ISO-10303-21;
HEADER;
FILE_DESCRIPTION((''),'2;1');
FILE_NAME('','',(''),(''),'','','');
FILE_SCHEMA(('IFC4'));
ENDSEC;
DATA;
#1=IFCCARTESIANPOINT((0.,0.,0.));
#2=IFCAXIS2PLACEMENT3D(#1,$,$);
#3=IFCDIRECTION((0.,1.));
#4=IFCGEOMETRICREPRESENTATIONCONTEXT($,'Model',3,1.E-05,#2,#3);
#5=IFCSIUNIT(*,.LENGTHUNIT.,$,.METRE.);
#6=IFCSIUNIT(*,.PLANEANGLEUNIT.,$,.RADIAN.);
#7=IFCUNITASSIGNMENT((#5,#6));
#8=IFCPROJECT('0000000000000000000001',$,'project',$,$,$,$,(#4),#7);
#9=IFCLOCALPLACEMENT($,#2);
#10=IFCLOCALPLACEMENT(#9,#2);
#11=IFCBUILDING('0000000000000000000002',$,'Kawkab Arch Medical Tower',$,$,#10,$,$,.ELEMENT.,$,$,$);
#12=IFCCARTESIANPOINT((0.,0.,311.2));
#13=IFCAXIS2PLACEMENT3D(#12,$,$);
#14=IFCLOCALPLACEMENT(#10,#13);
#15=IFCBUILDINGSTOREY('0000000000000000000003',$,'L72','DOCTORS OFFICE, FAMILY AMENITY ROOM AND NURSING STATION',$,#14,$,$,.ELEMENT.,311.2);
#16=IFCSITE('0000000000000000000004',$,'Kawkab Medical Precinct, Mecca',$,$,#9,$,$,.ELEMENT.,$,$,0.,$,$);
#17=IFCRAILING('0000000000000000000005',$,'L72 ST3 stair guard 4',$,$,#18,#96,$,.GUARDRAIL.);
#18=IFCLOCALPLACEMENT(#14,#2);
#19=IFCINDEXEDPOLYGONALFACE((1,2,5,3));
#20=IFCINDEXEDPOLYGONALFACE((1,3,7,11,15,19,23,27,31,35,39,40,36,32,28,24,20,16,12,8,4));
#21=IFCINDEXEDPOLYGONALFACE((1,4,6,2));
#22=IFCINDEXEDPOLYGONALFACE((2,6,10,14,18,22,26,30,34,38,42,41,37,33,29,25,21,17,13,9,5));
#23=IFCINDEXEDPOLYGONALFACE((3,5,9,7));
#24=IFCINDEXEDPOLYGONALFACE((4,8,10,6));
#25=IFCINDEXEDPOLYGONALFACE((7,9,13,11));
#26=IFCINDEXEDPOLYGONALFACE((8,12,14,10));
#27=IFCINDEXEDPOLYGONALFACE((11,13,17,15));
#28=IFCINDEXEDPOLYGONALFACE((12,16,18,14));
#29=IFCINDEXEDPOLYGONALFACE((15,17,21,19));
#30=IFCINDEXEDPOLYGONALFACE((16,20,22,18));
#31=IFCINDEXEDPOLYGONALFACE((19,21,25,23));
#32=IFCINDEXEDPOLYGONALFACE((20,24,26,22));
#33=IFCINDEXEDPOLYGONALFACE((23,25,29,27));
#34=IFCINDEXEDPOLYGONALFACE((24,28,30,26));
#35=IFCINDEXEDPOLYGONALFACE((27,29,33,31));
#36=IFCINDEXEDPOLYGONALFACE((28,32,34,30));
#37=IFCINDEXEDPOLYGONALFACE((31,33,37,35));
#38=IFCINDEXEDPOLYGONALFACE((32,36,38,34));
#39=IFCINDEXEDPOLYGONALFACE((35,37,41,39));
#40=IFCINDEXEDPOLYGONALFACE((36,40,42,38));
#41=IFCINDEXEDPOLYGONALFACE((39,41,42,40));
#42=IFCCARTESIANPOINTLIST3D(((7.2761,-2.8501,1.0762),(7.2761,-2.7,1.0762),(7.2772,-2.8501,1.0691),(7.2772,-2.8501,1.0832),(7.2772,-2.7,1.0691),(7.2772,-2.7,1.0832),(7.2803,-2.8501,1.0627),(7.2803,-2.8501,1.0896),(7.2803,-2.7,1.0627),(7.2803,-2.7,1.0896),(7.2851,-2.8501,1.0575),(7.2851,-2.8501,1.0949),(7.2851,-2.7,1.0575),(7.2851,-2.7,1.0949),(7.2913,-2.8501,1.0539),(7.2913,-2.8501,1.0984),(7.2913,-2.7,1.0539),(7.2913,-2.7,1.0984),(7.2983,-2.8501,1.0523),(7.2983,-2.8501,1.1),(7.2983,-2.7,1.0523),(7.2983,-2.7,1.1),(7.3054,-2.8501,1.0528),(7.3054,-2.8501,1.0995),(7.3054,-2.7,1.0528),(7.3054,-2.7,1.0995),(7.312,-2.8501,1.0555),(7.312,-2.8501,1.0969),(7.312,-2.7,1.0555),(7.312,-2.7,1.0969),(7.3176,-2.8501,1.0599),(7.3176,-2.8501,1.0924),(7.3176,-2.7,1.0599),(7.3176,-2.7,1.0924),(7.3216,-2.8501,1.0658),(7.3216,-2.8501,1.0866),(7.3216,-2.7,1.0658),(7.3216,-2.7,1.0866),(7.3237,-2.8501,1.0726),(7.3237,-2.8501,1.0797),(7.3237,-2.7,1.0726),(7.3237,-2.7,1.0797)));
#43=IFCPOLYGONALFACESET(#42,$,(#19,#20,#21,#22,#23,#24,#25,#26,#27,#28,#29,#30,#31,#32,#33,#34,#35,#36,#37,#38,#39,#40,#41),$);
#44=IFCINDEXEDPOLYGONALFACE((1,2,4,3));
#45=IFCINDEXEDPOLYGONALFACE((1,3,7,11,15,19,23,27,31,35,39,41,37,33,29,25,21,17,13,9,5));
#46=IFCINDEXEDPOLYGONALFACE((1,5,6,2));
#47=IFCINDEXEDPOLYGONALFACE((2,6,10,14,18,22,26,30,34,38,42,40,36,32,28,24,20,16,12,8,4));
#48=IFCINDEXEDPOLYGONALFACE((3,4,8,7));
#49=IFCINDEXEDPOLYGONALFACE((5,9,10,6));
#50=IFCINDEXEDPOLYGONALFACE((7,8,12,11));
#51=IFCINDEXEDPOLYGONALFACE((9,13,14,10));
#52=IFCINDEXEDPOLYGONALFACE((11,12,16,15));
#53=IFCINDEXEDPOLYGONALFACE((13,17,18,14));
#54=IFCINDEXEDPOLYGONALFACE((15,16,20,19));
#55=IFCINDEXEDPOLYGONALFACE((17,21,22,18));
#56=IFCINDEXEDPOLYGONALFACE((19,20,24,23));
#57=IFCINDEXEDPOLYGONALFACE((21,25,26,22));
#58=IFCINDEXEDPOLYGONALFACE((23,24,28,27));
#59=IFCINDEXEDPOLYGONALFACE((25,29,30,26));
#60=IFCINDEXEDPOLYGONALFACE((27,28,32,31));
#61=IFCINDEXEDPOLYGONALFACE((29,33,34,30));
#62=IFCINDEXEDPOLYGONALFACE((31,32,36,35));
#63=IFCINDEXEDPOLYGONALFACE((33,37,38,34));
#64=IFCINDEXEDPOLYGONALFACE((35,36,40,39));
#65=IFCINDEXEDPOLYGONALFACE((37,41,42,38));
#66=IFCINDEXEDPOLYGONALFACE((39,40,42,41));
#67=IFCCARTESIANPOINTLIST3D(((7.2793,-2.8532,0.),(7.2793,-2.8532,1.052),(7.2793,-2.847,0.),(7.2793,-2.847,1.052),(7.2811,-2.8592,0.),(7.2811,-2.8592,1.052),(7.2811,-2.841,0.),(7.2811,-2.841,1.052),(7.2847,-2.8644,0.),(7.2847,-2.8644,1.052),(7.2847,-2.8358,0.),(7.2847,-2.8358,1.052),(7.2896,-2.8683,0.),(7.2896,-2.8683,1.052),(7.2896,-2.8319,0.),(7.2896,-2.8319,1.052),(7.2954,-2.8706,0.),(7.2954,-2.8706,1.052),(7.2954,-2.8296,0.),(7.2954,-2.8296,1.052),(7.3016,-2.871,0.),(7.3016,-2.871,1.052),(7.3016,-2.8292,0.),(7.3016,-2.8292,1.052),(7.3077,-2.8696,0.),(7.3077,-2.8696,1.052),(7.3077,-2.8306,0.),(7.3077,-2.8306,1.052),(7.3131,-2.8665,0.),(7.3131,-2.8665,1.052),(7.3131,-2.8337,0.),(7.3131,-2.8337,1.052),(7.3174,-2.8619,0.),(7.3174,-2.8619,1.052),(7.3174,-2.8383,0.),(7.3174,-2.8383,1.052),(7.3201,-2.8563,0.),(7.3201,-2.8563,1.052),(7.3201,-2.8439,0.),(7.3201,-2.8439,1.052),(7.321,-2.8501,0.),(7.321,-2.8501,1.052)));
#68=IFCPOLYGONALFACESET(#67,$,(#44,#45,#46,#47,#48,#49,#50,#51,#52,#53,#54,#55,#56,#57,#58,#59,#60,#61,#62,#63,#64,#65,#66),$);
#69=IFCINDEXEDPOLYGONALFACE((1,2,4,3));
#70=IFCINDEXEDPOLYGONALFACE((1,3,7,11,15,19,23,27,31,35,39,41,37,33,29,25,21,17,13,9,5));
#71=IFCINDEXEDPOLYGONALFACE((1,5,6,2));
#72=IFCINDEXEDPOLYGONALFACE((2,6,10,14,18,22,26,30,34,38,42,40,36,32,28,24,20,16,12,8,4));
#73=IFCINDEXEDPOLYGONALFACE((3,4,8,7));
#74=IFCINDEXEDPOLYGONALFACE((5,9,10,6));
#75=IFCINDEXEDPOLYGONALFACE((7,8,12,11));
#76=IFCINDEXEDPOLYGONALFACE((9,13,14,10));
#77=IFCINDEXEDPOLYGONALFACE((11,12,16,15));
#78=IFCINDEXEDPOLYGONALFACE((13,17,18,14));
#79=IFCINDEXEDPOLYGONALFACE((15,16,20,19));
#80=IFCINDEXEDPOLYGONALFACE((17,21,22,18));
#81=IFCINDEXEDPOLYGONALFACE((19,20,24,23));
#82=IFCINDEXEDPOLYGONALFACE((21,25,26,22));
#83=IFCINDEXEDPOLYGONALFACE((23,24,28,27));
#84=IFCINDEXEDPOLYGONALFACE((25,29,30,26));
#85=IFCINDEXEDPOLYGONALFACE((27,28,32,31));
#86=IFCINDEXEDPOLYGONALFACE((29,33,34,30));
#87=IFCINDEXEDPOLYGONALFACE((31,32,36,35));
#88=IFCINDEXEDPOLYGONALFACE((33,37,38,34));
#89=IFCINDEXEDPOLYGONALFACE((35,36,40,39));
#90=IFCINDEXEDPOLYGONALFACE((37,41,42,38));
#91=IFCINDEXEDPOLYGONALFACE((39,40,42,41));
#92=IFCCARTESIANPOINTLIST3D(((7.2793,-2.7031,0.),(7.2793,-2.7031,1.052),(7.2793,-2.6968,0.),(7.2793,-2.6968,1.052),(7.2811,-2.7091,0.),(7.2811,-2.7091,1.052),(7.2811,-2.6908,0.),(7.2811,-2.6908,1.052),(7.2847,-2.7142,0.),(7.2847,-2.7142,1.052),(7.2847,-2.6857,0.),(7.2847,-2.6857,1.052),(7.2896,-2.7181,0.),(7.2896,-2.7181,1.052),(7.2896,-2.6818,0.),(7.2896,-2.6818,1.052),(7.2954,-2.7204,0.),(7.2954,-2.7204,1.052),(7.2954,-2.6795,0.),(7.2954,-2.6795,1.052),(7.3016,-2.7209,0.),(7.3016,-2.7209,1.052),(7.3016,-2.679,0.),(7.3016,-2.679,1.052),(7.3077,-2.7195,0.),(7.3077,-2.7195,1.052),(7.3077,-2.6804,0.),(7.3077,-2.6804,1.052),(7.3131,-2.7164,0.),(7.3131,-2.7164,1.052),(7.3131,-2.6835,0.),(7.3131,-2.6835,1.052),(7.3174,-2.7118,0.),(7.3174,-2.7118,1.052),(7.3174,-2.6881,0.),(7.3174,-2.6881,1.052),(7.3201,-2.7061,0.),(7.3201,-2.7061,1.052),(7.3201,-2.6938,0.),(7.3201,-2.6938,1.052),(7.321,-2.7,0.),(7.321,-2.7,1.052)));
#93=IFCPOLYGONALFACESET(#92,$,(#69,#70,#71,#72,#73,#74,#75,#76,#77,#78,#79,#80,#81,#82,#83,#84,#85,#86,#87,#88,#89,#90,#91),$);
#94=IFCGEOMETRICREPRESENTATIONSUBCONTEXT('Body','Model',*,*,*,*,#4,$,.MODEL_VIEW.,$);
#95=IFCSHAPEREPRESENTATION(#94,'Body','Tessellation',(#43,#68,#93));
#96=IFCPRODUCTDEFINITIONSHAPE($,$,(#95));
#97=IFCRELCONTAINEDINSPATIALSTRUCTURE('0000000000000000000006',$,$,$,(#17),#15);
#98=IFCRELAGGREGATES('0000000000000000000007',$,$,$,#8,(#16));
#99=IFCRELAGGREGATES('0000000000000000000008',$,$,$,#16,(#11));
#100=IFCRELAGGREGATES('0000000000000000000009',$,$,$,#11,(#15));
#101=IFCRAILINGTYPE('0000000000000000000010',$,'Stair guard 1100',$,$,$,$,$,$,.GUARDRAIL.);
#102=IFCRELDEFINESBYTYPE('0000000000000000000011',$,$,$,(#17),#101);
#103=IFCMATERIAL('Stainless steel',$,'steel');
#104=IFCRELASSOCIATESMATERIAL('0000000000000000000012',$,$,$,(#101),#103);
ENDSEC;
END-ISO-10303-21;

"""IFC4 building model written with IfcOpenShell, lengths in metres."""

from ifc_helpers import new_model, si_unit, direction, frame, origin, origin_2d, place, context, subcontext, project, spatial, circle, extrude, material, type_object, element, save


model = new_model("IFC4")

# Units and contexts
model_context = context("Model", 3, precision=1e-05, world=origin(), true_north=direction((0.0, 1.0)))
body_context = subcontext(model_context, "Body", "Model", "MODEL_VIEW")
ifc_project = project(units=[si_unit("LENGTHUNIT", "METRE"), si_unit("PLANEANGLEUNIT", "RADIAN")], contexts=[model_context])

# Site, building, storey
site_placement = place(None, origin())
site = spatial("IfcSite", under=ifc_project, at=site_placement, Name="Kawkab Medical Precinct, Mecca", CompositionType="ELEMENT", RefElevation=0.0)
building_placement = place(site_placement, origin())
building = spatial("IfcBuilding", under=site, at=building_placement, Name="Kawkab Arch Medical Tower", CompositionType="ELEMENT")
storey_placement = place(building_placement, frame((0.0, 0.0, 311.2)))
storey = spatial("IfcBuildingStorey", under=building, at=storey_placement, Name="L72", Description="DOCTORS OFFICE, FAMILY AMENITY ROOM AND NURSING STATION", CompositionType="ELEMENT", Elevation=311.2)

# Railing
ifc_material_1 = material(Name="Stainless steel", Category="steel")
railing_type_1 = type_object("IfcRailingType", Name="Stair guard 1100", PredefinedType="GUARDRAIL", material=ifc_material_1)
railing_1_placement = place(storey_placement, frame((7.3, -2.8501, 0.0)))
element("IfcRailing", 1, at=railing_1_placement, inside=storey, type_object=railing_type_1, Name="L72 ST3 stair guard 4", PredefinedType="GUARDRAIL", context=body_context, shape_type="SweptSolid", body=[
    extrude(circle(Radius=0.0239, at=origin_2d()), frame((0.0, 0.0, 1.0762), z_axis=(0.0, 1.0, 0.0), x_axis=(-1.0, 0.0, 0.0)), (0.0, 0.0, 1.0), 0.1501),
    extrude(circle(Radius=0.021, at=origin_2d()), origin(), (0.0, 0.0, 1.0), 1.052),
    extrude(circle(Radius=0.021, at=origin_2d()), frame((0.0, 0.1501, 0.0)), (0.0, 0.0, 1.0), 1.052),
])

save(model, "model.ifc")
